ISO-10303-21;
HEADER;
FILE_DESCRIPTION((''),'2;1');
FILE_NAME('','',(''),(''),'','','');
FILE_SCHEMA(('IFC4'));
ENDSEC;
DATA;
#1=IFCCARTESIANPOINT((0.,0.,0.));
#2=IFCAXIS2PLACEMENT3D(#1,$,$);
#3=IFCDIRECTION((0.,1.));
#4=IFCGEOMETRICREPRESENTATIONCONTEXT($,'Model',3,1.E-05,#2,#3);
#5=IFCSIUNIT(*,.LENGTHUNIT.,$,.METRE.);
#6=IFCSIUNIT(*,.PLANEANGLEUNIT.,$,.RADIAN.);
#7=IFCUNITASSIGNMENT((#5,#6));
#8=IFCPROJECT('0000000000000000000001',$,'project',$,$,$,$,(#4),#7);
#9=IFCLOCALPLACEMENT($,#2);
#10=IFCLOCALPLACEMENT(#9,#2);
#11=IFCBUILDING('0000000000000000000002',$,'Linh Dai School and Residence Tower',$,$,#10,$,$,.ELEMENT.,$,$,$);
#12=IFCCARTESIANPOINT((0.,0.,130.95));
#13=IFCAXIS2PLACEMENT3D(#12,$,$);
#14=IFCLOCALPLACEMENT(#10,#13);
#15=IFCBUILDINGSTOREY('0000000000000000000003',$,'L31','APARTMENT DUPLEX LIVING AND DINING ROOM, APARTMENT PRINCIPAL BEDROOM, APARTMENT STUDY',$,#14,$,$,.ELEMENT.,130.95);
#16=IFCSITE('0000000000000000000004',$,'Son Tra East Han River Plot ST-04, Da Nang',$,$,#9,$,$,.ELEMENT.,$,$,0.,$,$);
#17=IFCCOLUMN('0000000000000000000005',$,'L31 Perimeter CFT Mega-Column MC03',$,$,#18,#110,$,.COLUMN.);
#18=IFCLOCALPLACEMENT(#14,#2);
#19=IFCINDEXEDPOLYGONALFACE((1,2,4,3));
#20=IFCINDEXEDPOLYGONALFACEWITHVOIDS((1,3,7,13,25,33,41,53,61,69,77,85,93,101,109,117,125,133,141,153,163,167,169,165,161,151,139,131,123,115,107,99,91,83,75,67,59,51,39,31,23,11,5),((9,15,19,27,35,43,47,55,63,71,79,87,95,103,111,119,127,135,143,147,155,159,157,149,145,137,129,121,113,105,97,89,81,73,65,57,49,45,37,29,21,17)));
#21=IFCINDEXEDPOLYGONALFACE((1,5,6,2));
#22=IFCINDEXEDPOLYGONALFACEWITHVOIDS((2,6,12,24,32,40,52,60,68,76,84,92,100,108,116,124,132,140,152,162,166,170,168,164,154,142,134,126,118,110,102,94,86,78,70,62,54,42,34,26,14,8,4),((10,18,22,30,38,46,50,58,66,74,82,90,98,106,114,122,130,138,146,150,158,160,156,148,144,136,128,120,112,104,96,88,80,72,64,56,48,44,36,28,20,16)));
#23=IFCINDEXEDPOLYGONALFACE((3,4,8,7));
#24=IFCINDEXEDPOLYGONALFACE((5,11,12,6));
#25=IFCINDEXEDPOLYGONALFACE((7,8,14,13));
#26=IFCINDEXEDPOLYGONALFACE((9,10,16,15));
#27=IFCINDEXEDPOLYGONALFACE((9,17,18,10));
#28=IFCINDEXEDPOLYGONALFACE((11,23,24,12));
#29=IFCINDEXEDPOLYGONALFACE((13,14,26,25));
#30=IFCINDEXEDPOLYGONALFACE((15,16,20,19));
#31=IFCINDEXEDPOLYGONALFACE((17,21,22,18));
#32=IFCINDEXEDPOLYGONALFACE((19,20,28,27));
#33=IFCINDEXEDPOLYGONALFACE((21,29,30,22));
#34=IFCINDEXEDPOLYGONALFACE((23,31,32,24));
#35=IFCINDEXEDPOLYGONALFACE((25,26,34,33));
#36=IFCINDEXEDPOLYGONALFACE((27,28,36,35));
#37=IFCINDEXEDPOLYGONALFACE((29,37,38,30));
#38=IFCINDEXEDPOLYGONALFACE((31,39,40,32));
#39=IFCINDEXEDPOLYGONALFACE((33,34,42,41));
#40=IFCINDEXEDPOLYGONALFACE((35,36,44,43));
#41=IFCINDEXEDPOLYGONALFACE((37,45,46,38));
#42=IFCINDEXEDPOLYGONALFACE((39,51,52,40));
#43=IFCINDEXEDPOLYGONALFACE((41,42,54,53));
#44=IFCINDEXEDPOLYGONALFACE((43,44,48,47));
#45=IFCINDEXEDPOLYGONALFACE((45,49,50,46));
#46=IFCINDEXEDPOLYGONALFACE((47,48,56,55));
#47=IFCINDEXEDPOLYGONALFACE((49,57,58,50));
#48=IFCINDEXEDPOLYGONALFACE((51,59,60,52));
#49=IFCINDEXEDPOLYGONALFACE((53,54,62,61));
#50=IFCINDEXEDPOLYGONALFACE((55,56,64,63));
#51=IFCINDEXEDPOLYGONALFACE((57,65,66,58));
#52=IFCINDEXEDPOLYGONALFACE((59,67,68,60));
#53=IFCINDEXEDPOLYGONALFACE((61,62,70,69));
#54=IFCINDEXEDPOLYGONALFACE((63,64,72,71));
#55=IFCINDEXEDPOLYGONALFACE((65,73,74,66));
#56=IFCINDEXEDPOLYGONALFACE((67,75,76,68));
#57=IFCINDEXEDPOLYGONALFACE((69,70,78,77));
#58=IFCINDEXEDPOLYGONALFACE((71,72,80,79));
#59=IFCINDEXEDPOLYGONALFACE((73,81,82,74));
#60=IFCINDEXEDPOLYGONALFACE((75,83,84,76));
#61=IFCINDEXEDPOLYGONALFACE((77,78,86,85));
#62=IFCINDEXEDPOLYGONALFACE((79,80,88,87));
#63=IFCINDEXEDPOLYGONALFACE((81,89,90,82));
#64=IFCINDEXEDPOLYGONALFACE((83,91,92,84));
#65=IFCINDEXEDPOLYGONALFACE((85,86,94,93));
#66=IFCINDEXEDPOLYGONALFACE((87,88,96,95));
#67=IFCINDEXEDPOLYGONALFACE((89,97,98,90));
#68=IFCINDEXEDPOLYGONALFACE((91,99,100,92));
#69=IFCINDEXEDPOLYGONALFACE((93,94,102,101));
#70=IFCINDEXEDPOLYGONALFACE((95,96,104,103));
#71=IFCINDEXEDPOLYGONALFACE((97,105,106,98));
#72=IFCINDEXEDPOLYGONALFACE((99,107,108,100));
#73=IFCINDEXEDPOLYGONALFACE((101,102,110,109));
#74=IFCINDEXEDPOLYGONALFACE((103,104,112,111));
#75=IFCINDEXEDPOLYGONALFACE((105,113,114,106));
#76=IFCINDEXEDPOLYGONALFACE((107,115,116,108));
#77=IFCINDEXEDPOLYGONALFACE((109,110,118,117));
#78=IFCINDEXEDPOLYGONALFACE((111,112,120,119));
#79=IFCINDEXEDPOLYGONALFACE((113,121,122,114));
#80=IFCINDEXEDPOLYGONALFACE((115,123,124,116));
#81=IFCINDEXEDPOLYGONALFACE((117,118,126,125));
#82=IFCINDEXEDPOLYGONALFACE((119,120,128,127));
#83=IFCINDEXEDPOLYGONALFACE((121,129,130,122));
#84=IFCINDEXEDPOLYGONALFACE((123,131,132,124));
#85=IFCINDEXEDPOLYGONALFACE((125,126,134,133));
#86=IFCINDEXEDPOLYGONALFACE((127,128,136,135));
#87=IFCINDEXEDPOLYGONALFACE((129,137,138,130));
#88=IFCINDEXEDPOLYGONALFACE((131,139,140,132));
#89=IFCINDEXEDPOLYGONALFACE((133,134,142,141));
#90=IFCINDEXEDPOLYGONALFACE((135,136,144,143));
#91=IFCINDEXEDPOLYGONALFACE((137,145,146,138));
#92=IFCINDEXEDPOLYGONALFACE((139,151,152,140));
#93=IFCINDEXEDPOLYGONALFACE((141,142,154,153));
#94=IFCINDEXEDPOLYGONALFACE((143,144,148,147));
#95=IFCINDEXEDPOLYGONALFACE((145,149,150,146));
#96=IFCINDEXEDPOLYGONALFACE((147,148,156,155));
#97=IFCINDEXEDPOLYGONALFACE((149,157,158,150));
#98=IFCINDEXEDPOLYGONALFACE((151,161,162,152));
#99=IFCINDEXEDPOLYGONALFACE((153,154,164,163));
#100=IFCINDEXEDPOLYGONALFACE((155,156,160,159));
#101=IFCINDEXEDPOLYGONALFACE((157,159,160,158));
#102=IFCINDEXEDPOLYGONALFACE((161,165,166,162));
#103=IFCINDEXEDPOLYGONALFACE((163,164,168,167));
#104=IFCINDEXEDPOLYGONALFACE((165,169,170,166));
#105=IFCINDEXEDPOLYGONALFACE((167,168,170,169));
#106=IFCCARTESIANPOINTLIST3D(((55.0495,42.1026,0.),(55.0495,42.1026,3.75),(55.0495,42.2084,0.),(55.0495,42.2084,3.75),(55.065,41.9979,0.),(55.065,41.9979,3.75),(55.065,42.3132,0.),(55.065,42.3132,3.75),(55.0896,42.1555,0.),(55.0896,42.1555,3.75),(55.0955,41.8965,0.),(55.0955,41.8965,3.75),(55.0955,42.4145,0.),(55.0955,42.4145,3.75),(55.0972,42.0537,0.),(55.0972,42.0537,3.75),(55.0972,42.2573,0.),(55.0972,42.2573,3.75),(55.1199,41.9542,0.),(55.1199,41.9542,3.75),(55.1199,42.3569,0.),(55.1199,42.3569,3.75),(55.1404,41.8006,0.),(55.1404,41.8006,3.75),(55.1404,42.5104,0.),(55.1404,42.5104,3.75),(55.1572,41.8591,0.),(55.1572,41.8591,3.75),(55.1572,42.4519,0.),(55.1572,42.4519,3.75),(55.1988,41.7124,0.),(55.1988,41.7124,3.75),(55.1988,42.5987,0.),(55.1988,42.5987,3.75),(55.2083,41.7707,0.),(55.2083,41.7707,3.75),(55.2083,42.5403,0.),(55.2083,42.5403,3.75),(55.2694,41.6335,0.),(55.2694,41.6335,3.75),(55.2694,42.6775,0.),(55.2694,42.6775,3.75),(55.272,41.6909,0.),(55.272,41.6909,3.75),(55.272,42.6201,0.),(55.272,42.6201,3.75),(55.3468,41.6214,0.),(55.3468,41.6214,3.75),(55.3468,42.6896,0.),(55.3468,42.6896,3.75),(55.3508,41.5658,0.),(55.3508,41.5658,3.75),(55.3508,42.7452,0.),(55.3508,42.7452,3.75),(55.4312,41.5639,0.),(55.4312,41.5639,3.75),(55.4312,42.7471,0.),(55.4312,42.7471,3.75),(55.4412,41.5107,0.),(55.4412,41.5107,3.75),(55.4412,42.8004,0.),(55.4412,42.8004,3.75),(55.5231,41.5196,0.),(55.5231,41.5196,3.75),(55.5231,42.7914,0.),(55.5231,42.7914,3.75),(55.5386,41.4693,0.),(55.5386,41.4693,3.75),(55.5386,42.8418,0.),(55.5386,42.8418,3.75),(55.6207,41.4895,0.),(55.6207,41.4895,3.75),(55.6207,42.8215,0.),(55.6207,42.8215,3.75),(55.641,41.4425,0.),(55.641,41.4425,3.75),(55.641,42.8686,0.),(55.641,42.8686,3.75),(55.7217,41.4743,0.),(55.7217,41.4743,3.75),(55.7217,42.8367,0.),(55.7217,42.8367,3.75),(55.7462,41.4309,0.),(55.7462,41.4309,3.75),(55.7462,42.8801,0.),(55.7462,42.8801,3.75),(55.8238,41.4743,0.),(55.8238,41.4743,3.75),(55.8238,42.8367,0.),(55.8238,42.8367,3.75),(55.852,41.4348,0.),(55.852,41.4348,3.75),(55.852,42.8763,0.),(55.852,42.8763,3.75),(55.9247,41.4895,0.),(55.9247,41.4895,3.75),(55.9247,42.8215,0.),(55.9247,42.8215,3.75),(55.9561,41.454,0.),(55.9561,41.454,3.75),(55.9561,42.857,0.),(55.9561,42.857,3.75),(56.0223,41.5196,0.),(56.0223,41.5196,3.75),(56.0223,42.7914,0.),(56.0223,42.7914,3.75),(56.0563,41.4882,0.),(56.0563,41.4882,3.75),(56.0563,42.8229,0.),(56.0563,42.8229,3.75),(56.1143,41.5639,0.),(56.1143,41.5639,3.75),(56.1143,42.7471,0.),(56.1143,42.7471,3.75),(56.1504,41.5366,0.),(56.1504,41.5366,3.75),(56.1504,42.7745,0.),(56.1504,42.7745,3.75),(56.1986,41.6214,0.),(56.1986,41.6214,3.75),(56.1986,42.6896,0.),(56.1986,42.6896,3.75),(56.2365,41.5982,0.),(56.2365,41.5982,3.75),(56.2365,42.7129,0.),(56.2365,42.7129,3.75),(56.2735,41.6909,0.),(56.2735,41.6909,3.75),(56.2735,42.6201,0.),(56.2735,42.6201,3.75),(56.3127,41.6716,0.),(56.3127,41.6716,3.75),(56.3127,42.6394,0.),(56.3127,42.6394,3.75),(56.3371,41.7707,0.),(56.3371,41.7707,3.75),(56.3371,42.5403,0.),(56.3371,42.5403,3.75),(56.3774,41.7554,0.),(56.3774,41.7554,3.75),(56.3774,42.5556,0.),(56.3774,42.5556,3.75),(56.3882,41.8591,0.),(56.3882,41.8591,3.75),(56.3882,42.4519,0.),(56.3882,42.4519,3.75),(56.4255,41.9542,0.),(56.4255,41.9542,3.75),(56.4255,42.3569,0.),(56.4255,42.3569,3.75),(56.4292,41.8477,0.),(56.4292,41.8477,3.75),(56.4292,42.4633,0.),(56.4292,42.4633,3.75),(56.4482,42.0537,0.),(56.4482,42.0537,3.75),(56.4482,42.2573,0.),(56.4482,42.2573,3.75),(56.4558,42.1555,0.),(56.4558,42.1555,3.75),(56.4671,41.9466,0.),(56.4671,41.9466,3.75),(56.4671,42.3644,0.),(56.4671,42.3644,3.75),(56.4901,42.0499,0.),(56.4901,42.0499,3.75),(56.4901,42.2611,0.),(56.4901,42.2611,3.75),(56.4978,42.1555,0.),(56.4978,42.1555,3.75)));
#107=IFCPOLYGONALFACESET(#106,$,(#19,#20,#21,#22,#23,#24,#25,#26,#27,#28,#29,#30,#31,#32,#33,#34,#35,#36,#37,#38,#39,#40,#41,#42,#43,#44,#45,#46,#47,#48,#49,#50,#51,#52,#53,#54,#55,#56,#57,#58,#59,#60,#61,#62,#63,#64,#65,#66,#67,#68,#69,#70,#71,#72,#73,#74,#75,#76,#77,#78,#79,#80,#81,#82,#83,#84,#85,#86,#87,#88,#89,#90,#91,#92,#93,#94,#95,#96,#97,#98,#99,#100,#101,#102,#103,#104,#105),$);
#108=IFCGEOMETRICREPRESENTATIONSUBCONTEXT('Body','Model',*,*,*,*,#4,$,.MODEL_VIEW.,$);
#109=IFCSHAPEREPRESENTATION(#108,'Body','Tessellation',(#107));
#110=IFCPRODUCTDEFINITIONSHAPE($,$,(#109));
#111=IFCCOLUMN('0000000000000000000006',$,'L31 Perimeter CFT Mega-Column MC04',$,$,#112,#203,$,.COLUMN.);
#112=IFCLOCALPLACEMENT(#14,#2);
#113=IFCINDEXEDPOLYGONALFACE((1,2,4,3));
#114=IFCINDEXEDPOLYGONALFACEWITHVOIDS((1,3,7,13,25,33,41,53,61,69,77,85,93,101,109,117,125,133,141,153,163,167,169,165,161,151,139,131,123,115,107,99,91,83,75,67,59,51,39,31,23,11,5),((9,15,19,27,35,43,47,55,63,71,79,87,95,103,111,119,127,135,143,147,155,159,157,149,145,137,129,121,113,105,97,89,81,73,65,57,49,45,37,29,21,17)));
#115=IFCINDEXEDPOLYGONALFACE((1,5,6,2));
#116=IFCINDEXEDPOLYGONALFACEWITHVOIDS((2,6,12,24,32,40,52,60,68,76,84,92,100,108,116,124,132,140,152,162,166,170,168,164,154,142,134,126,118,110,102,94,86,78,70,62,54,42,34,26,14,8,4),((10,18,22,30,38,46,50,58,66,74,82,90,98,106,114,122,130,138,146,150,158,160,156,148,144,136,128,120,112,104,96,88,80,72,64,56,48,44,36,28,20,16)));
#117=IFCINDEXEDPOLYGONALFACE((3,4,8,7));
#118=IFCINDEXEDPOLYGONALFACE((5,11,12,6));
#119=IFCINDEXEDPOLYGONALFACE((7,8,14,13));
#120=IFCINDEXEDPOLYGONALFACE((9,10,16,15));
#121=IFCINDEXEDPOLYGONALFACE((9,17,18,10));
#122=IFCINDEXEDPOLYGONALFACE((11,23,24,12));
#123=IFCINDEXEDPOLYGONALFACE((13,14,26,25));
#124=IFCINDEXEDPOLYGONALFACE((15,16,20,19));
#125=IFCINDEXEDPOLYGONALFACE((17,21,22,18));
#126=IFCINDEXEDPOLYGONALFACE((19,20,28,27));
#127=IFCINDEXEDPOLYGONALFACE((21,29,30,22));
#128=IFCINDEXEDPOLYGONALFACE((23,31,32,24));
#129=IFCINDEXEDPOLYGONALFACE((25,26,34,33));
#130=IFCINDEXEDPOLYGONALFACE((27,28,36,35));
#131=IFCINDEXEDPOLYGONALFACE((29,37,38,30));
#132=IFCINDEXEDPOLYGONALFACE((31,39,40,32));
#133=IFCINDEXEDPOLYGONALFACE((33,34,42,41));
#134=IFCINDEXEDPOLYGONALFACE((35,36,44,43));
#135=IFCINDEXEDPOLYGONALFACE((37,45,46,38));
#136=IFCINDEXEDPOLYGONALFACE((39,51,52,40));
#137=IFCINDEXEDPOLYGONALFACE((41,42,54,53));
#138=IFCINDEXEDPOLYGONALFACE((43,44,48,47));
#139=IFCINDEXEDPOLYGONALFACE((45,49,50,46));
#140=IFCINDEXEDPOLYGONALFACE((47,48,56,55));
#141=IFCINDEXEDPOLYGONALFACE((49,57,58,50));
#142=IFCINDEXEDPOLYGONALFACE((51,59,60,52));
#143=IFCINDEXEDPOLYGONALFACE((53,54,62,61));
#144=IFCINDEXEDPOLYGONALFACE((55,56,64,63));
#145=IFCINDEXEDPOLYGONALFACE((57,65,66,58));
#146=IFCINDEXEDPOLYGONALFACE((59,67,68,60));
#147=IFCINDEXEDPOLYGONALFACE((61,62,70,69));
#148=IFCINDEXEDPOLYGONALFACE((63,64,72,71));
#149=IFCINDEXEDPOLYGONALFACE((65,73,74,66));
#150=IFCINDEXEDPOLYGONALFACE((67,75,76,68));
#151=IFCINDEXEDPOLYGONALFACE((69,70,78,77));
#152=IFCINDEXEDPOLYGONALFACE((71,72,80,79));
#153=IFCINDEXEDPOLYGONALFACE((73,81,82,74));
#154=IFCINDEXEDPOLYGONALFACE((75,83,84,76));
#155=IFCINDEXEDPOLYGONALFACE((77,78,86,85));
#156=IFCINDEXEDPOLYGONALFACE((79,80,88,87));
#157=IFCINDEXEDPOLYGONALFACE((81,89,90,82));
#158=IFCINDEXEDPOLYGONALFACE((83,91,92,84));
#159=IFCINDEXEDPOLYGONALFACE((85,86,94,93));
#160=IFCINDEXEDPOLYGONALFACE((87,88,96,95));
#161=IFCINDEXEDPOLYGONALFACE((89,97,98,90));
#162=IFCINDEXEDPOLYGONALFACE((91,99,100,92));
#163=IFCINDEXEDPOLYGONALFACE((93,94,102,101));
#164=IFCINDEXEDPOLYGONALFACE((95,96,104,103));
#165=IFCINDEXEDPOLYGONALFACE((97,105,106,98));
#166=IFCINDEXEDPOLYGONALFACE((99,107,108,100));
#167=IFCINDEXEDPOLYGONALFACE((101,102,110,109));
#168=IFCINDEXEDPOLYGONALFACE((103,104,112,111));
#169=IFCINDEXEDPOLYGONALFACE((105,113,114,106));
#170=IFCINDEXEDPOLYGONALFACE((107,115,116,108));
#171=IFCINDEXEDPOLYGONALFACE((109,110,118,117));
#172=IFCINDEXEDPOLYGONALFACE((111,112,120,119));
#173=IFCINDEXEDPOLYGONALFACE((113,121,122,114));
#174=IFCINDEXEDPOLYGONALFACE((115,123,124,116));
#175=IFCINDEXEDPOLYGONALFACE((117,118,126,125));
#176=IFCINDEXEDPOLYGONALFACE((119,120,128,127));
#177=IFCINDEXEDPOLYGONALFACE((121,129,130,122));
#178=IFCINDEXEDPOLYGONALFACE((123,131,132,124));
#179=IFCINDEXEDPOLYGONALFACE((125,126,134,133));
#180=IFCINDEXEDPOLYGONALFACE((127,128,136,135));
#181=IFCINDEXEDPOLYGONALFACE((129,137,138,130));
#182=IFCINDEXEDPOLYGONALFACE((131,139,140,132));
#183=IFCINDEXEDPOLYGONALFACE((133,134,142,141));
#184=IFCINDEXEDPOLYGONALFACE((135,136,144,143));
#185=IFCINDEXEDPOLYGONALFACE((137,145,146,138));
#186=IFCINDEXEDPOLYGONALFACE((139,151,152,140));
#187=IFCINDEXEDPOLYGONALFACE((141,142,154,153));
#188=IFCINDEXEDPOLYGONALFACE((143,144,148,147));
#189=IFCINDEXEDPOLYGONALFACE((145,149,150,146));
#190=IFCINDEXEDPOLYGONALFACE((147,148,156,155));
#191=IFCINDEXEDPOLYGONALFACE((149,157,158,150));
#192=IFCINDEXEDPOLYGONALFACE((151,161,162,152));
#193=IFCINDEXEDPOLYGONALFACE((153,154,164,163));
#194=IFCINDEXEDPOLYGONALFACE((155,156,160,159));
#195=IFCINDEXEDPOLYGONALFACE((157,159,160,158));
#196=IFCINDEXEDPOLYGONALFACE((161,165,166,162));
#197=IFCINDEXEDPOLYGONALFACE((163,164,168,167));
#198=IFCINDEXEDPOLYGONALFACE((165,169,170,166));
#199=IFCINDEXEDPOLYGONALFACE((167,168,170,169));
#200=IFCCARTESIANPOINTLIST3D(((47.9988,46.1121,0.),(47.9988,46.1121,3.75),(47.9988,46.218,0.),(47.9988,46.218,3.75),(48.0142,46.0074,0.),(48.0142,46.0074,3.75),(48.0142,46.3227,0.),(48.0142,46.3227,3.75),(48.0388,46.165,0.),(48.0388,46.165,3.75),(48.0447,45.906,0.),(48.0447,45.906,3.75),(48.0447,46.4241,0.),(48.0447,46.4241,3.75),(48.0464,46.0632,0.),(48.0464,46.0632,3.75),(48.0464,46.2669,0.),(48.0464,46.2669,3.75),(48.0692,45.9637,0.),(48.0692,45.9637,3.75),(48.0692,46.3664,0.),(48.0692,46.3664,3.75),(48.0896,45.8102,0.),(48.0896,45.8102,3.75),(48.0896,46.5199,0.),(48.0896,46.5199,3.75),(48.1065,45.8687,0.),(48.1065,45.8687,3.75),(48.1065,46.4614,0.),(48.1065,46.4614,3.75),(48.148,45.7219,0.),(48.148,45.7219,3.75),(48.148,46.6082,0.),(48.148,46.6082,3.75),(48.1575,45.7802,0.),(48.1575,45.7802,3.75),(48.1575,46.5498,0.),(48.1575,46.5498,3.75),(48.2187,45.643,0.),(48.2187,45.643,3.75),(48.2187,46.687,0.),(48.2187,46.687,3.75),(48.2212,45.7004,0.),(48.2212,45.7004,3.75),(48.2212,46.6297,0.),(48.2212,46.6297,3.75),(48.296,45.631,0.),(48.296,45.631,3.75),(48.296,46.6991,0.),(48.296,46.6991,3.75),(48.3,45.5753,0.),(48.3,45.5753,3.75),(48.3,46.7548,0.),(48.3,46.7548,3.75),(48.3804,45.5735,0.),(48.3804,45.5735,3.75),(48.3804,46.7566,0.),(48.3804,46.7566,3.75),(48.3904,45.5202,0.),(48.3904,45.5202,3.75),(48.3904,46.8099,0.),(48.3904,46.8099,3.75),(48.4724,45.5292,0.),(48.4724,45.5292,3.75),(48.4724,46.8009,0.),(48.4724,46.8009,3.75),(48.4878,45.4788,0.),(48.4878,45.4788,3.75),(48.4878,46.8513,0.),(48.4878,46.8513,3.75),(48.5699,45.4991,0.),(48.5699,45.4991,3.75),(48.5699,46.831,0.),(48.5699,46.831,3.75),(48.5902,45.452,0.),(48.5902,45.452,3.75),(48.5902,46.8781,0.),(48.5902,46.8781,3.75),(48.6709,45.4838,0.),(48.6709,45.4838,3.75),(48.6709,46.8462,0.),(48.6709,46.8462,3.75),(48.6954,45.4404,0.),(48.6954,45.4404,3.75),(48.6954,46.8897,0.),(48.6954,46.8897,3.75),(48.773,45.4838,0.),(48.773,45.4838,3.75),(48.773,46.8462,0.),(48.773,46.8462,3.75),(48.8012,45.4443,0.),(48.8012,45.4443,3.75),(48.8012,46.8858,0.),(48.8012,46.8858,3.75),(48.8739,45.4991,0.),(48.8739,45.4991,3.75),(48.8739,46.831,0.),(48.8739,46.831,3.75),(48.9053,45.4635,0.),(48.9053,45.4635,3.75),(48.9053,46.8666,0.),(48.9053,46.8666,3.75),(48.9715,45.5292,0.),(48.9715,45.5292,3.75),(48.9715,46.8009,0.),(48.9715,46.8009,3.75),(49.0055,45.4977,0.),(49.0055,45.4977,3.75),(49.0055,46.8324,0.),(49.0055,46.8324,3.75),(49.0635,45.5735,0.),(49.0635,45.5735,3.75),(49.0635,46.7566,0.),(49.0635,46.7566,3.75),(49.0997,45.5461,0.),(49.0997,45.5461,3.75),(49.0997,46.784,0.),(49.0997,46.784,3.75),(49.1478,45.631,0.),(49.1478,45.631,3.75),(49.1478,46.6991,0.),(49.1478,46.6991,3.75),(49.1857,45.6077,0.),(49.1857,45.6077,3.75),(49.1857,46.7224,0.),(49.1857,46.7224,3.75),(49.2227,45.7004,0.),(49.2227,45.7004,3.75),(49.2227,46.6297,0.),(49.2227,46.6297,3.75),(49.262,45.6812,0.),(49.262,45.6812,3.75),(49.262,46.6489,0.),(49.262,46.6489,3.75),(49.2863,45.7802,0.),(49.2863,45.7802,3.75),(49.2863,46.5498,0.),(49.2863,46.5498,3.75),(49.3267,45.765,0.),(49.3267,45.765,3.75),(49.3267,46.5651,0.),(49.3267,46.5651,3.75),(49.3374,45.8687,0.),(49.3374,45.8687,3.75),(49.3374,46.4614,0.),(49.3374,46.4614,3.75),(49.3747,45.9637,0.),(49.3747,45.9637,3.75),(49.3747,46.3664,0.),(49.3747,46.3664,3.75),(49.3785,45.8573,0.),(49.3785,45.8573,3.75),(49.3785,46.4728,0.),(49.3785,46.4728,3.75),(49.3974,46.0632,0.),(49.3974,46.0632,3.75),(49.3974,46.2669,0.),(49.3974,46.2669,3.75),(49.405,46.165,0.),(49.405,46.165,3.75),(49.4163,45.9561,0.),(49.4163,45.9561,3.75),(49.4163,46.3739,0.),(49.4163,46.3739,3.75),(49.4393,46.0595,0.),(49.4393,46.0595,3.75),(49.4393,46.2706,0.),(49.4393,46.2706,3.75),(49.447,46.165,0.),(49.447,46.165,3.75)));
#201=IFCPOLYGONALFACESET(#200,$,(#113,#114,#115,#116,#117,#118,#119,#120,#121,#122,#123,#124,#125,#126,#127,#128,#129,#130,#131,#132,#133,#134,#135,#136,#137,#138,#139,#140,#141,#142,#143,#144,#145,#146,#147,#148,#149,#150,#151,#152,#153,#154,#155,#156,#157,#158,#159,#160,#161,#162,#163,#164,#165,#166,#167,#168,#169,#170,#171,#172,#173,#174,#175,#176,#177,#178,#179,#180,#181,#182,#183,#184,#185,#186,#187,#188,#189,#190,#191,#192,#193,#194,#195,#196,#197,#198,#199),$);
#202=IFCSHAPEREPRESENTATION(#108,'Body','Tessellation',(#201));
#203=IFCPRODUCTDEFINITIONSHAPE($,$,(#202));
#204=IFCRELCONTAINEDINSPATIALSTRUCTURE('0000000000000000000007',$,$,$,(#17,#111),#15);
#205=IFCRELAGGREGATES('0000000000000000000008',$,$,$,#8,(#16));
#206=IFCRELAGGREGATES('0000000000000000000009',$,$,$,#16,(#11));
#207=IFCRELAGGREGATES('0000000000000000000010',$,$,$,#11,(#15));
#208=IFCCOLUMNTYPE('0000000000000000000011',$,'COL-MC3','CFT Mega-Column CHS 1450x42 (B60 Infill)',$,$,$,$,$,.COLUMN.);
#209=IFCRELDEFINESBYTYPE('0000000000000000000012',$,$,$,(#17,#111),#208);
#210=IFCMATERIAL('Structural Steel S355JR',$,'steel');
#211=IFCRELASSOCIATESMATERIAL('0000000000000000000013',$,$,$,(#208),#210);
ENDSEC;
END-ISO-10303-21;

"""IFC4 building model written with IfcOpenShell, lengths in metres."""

from ifc_helpers import new_model, si_unit, direction, frame, origin, origin_2d, place, context, subcontext, project, spatial, hollow_circle, extrude, material, material_profile, profile_set, type_object, element, save


model = new_model("IFC4")

# Units and contexts
model_context = context("Model", 3, precision=1e-05, world=origin(), true_north=direction((0.0, 1.0)))
body_context = subcontext(model_context, "Body", "Model", "MODEL_VIEW")
ifc_project = project(units=[si_unit("LENGTHUNIT", "METRE"), si_unit("PLANEANGLEUNIT", "RADIAN")], contexts=[model_context])

# Site, building, storey
site_placement = place(None, origin())
site = spatial("IfcSite", under=ifc_project, at=site_placement, Name="Son Tra East Han River Plot ST-04, Da Nang", CompositionType="ELEMENT", RefElevation=0.0)
building_placement = place(site_placement, origin())
building = spatial("IfcBuilding", under=site, at=building_placement, Name="Linh Dai School and Residence Tower", CompositionType="ELEMENT")
storey_placement = place(building_placement, frame((0.0, 0.0, 130.95)))
storey = spatial("IfcBuildingStorey", under=building, at=storey_placement, Name="L31", Description="APARTMENT DUPLEX LIVING AND DINING ROOM, APARTMENT PRINCIPAL BEDROOM, APARTMENT STUDY", CompositionType="ELEMENT", Elevation=130.95)

# Columns
ifc_material_1 = material(Name="Structural Steel S355JR", Category="steel")
ifc_material_profile_1 = material_profile(ifc_material_1, hollow_circle(Radius=0.7251, WallThickness=0.042, at=origin_2d()), Name="CHS 1450x42")
ifc_profile_set_1 = profile_set([ifc_material_profile_1], Name="Structural Steel S355JR")
column_type = type_object("IfcColumnType", Name="COL-MC3", Description="CFT Mega-Column CHS 1450x42 (B60 Infill)", PredefinedType="COLUMN", material=ifc_profile_set_1)
for number, where, z_axis, x_axis, name in (
    (1, (55.7727, 42.1555, 0.0), (0.0, 0.0, 1.0), (1.0, 0.0, 0.0), "L31 Perimeter CFT Mega-Column MC03"),
    (2, (48.7219, 46.165, 0.0), (0.0, 0.0, 1.0), (1.0, 0.0, 0.0), "L31 Perimeter CFT Mega-Column MC04"),
):
    element("IfcColumn", number, at=place(storey_placement, frame(where, z_axis=z_axis, x_axis=x_axis)), inside=storey, type_object=column_type, Name=name, PredefinedType="COLUMN", context=body_context, shape_type="SweptSolid", body=[
        extrude(hollow_circle(Radius=0.7251, WallThickness=0.042, at=origin_2d()), origin(), (0.0, 0.0, 1.0), 3.75),
    ])

save(model, "model.ifc")
